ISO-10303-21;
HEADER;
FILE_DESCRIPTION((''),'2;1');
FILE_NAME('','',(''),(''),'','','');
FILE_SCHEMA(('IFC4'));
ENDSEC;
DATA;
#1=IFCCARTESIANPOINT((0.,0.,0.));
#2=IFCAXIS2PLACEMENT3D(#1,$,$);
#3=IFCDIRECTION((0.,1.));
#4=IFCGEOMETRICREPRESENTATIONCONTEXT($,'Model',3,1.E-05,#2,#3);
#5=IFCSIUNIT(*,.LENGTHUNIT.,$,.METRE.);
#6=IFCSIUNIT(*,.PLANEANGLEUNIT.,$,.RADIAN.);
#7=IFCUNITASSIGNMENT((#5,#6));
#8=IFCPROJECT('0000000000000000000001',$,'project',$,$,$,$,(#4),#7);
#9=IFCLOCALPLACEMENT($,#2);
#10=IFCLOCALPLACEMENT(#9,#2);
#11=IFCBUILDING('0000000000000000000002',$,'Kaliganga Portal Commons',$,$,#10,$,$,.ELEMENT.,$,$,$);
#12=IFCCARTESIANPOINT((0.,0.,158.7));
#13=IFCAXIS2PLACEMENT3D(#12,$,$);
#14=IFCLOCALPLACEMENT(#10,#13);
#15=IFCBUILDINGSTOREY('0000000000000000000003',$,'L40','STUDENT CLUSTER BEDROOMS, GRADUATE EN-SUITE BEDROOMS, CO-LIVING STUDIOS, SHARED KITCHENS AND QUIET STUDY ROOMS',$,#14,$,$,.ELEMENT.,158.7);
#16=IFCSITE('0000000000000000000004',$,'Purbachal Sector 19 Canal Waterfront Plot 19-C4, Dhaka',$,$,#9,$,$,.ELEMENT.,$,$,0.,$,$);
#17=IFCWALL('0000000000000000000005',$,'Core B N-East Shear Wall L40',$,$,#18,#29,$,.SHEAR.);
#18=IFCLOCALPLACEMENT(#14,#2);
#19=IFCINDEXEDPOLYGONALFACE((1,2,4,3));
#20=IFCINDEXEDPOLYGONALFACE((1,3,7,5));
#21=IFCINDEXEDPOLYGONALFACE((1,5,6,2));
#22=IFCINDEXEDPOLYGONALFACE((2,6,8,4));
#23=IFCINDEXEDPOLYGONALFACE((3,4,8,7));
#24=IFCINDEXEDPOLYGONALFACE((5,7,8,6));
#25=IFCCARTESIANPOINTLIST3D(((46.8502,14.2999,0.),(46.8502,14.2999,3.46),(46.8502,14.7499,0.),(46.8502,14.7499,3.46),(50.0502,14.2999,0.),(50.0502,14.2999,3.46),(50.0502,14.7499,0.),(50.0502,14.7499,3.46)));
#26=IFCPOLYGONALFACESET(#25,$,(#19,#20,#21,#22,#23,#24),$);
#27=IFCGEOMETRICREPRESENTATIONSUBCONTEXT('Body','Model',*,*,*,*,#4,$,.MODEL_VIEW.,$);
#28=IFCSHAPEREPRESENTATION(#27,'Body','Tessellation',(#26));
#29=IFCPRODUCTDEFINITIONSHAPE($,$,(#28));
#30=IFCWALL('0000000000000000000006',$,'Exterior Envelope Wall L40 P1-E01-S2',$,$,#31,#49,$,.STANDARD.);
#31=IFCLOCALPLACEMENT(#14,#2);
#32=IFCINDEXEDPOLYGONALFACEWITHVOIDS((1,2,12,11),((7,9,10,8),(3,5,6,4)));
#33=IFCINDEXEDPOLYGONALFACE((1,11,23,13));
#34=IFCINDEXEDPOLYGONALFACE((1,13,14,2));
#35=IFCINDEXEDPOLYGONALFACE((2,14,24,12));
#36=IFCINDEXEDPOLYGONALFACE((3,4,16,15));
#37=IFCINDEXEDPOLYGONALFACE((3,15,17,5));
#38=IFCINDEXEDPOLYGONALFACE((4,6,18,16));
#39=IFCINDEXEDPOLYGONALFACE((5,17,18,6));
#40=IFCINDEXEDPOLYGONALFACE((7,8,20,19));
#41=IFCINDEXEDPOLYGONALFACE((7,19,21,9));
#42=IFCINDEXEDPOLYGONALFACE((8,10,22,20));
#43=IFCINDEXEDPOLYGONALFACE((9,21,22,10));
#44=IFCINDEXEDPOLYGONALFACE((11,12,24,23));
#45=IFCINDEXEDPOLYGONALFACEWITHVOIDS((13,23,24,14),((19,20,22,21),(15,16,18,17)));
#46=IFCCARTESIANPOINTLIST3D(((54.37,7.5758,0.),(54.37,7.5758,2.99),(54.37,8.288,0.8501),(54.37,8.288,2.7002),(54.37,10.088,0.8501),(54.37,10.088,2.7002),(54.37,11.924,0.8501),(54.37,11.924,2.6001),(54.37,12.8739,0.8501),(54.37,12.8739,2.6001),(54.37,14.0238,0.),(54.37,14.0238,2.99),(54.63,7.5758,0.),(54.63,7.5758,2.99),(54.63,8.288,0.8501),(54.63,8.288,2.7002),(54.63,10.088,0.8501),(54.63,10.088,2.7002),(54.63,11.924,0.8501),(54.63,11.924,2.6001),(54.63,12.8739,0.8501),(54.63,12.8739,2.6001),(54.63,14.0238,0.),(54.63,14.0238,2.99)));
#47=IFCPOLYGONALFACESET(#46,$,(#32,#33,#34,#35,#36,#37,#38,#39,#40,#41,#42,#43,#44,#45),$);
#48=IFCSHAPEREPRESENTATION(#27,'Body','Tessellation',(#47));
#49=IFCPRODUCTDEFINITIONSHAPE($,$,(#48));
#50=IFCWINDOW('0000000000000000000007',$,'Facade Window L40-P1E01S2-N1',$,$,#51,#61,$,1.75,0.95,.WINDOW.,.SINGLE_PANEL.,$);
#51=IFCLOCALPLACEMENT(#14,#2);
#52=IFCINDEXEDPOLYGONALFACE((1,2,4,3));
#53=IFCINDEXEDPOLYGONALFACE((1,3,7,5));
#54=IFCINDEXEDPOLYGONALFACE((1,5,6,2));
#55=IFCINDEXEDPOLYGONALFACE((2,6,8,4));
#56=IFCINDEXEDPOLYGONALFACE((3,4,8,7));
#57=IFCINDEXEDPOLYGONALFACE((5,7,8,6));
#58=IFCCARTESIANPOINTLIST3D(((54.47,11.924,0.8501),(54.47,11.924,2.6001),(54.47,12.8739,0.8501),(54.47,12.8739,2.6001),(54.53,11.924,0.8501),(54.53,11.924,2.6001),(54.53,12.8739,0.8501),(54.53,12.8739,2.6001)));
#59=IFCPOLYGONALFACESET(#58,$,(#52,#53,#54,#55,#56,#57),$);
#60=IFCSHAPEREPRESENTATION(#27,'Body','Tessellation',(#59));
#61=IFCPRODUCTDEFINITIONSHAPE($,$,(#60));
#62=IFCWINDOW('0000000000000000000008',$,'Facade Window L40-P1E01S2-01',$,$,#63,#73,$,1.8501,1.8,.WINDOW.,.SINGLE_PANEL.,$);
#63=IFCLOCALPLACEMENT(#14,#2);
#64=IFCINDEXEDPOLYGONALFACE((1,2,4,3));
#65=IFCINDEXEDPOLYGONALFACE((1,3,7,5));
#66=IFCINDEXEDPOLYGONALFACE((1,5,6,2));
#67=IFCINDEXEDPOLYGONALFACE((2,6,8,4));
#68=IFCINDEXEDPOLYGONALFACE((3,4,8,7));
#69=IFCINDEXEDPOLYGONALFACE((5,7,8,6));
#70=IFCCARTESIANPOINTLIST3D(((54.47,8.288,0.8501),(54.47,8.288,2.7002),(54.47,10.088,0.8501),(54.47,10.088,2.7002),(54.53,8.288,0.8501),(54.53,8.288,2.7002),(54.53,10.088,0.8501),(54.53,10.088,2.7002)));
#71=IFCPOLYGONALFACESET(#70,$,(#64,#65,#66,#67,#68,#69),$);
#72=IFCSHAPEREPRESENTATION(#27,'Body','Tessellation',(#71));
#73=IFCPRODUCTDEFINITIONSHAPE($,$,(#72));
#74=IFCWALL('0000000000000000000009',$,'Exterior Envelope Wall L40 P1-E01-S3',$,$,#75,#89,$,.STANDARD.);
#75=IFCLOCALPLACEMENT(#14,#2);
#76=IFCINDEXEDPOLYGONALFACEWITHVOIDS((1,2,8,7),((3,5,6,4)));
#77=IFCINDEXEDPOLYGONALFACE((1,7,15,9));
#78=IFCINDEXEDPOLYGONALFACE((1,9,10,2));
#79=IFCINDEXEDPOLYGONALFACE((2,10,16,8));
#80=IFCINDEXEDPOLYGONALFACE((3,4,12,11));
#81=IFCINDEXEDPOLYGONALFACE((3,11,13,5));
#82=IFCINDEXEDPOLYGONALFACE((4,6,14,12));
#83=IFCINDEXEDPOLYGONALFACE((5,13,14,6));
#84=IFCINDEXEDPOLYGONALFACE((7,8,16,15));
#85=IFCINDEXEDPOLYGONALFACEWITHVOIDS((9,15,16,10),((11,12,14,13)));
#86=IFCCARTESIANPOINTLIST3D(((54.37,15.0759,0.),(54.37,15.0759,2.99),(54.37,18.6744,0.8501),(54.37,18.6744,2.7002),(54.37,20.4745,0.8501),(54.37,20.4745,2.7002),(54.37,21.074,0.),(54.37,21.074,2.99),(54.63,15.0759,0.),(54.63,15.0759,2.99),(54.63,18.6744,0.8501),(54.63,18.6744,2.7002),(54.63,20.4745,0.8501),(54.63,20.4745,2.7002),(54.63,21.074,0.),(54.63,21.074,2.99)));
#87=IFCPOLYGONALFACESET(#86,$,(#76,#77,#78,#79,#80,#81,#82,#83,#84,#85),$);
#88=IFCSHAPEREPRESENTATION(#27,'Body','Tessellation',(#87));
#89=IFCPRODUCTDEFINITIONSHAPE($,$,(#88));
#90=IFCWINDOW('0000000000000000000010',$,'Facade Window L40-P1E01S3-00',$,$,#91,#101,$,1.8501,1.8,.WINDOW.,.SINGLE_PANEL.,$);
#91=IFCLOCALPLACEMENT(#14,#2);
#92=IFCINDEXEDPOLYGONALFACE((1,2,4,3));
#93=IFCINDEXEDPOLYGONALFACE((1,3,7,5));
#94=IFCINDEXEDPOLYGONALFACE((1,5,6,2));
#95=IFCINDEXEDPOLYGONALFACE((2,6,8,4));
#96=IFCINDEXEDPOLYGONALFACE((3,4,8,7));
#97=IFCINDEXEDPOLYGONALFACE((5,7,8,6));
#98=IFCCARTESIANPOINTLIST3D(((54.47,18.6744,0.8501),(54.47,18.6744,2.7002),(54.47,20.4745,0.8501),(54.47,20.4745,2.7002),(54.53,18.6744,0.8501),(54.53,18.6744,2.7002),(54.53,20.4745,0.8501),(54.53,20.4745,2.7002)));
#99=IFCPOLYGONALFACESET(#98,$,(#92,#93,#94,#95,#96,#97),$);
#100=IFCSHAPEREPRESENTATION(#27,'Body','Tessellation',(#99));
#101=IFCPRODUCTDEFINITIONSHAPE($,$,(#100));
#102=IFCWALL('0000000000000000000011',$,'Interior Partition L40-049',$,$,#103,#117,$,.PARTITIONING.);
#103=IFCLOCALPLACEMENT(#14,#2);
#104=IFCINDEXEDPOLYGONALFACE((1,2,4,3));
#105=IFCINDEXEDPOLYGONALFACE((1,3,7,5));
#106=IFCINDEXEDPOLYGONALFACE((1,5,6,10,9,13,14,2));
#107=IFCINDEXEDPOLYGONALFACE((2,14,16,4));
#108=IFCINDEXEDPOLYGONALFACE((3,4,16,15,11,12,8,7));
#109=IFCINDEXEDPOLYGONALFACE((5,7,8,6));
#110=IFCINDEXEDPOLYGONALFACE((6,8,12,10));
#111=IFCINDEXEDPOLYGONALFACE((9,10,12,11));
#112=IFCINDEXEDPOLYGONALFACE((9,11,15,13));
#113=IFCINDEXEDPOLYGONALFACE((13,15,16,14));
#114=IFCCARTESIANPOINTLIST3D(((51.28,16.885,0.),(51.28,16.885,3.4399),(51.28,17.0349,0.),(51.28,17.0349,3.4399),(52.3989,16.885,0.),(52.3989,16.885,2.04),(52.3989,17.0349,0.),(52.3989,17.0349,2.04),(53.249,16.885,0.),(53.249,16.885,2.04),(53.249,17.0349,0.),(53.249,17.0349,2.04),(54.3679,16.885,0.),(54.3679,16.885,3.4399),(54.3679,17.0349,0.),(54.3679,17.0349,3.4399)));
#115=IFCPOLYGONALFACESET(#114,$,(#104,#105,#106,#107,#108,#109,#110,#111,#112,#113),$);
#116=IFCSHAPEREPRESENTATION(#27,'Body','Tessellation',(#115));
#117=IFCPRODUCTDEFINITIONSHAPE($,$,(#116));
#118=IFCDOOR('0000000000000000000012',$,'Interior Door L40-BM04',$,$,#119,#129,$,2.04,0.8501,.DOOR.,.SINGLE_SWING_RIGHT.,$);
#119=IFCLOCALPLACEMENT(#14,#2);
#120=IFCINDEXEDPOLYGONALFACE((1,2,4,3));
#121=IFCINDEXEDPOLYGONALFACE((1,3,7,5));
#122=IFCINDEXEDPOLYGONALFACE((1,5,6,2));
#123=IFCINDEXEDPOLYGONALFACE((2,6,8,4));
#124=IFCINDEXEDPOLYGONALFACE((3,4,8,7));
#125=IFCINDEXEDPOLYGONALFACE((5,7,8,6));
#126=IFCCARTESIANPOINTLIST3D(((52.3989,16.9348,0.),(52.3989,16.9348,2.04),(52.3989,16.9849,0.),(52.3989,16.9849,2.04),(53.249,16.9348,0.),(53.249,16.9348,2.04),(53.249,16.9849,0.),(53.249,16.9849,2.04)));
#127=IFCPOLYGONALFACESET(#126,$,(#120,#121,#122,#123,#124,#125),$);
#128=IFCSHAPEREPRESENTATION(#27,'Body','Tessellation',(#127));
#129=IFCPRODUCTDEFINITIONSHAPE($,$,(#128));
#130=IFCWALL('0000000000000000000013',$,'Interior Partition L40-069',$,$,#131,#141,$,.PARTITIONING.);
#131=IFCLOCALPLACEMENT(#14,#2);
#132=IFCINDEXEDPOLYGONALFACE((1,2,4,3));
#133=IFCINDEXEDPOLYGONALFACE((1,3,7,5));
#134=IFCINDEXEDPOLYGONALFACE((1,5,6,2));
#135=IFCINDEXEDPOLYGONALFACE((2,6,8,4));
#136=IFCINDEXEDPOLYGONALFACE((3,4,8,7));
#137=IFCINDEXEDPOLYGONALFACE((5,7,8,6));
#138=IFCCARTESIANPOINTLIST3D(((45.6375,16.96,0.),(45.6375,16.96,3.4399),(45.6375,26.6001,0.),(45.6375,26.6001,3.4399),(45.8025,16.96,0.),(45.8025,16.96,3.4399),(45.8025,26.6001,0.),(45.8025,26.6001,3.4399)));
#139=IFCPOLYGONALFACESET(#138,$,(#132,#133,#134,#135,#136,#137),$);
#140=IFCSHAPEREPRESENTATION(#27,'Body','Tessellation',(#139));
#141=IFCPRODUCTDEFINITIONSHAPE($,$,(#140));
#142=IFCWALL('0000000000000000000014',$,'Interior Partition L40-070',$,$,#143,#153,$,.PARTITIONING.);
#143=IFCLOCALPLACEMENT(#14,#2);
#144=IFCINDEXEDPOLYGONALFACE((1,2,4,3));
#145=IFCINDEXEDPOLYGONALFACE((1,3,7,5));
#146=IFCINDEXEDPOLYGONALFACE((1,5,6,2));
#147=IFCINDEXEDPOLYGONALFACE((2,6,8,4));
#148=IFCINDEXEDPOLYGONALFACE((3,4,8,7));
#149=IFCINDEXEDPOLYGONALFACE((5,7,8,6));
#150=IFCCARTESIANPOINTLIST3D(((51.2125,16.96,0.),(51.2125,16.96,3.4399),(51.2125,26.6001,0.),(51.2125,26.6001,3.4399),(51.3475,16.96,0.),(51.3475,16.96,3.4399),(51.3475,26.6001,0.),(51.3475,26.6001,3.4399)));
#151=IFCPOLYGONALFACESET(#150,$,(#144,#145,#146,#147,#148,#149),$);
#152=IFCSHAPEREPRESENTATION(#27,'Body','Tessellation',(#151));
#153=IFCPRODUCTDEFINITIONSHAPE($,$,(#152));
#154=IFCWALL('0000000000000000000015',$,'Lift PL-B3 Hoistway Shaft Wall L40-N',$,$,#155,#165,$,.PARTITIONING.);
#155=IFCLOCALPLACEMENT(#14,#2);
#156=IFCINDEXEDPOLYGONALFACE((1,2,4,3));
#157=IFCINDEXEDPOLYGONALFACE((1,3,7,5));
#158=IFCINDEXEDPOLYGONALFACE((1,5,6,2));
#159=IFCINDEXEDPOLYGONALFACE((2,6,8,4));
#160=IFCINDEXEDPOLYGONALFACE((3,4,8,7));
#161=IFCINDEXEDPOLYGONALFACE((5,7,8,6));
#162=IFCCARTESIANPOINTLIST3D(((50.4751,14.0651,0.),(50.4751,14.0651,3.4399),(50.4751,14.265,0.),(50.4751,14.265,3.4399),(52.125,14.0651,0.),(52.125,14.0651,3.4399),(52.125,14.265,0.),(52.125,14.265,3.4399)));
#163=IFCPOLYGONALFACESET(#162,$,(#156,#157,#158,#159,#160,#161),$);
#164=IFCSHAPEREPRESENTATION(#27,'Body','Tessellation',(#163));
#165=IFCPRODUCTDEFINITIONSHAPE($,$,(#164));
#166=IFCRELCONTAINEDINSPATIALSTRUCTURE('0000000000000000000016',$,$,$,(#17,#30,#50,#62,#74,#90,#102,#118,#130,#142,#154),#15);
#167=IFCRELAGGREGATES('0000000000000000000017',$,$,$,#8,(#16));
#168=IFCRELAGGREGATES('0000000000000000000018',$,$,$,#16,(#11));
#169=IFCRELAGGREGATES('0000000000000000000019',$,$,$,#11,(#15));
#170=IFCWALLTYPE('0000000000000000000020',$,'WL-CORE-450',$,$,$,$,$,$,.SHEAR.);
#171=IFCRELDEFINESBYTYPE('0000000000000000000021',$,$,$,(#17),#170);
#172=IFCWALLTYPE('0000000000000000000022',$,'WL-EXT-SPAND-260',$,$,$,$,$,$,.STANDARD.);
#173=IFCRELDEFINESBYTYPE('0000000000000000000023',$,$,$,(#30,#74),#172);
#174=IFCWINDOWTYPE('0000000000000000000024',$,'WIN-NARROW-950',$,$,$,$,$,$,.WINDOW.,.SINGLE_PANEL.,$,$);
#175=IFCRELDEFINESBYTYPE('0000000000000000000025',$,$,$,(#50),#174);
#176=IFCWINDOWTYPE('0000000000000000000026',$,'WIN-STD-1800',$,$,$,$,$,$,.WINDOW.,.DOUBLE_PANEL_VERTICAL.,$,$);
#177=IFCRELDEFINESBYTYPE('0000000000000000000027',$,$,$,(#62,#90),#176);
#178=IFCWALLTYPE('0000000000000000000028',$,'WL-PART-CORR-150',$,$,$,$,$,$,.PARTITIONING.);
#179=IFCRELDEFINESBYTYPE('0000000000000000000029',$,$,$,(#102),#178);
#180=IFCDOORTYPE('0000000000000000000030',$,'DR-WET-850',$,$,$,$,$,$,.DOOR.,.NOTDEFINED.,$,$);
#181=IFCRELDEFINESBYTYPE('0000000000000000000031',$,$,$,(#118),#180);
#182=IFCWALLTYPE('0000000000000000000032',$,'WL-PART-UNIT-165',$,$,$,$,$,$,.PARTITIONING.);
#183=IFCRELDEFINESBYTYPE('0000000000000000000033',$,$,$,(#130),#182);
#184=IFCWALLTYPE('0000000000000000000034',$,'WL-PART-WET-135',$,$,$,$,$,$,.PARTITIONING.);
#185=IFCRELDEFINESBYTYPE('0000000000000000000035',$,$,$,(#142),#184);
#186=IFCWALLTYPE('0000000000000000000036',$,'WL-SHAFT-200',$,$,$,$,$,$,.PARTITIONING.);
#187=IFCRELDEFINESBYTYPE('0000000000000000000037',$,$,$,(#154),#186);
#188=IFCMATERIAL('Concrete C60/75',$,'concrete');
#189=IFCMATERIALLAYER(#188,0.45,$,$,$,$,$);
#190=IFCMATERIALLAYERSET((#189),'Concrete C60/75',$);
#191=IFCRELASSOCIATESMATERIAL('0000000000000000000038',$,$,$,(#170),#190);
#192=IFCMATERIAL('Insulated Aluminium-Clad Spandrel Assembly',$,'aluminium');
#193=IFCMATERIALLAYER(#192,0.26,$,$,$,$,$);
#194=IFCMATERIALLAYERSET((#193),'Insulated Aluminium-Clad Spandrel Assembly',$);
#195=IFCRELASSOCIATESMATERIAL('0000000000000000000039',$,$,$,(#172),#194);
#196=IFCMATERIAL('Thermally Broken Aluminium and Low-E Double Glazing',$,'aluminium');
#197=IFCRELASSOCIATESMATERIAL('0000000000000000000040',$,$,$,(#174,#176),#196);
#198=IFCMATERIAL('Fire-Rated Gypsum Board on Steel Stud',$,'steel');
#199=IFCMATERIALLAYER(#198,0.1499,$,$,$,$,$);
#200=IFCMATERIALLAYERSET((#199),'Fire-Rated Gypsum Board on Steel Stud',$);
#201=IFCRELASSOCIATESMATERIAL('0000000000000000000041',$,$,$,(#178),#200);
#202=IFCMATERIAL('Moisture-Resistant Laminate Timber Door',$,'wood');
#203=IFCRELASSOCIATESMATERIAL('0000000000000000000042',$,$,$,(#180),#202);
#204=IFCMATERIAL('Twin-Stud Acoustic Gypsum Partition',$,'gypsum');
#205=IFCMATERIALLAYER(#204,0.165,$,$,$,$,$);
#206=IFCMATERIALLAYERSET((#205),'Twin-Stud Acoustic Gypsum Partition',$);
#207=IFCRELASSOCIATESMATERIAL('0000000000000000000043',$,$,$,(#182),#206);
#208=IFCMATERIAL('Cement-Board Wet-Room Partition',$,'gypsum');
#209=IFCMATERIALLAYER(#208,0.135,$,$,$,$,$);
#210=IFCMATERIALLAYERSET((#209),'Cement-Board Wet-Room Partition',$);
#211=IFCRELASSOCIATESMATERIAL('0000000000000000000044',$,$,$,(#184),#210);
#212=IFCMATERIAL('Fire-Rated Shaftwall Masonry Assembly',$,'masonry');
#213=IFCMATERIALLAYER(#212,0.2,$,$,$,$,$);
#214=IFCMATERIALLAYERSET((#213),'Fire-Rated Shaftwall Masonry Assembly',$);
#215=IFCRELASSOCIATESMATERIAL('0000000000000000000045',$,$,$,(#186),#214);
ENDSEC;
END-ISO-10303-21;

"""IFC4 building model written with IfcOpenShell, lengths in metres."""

from ifc_helpers import new_model, si_unit, direction, frame, frame_2d, origin, place, context, subcontext, project, spatial, rectangle, extrude, material, layer, layer_set, type_object, element, fill, save


model = new_model("IFC4")

# Units and contexts
model_context = context("Model", 3, precision=1e-05, world=origin(), true_north=direction((0.0, 1.0)))
body_context = subcontext(model_context, "Body", "Model", "MODEL_VIEW")
ifc_project = project(units=[si_unit("LENGTHUNIT", "METRE"), si_unit("PLANEANGLEUNIT", "RADIAN")], contexts=[model_context])

# Site, building, storey
site_placement = place(None, origin())
site = spatial("IfcSite", under=ifc_project, at=site_placement, Name="Purbachal Sector 19 Canal Waterfront Plot 19-C4, Dhaka", CompositionType="ELEMENT", RefElevation=0.0)
building_placement = place(site_placement, origin())
building = spatial("IfcBuilding", under=site, at=building_placement, Name="Kaliganga Portal Commons", CompositionType="ELEMENT")
storey_placement = place(building_placement, frame((0.0, 0.0, 158.7)))
storey = spatial("IfcBuildingStorey", under=building, at=storey_placement, Name="L40", Description="STUDENT CLUSTER BEDROOMS, GRADUATE EN-SUITE BEDROOMS, CO-LIVING STUDIOS, SHARED KITCHENS AND QUIET STUDY ROOMS", CompositionType="ELEMENT", Elevation=158.7)

# Shared definitions
ifc_material_1 = material(Name="Concrete C60/75", Category="concrete")

# Wall
ifc_layer_1 = layer(ifc_material_1, 0.45)
ifc_layer_set_1 = layer_set([ifc_layer_1], Name="Concrete C60/75")
wall_type_1 = type_object("IfcWallType", Name="WL-CORE-450", PredefinedType="SHEAR", material=ifc_layer_set_1)
wall_1_placement = place(storey_placement, frame((46.8501, 14.5249, 0.0), z_axis=(0.0, 0.0, 1.0), x_axis=(1.0, 0.0, 0.0)))
element("IfcWall", 1, at=wall_1_placement, inside=storey, type_object=wall_type_1, Name="Core B N-East Shear Wall L40", PredefinedType="SHEAR", context=body_context, shape_type="SweptSolid", body=[
    extrude(rectangle(XDim=3.2, YDim=0.45, at=frame_2d((1.6001, 0.0))), origin(), (0.0, 0.0, 1.0), 3.46),
])

# Wall, openings, windows
ifc_material_2 = material(Name="Insulated Aluminium-Clad Spandrel Assembly", Category="aluminium")
ifc_layer_2 = layer(ifc_material_2, 0.26)
ifc_layer_set_2 = layer_set([ifc_layer_2], Name="Insulated Aluminium-Clad Spandrel Assembly")
wall_type_2 = type_object("IfcWallType", Name="WL-EXT-SPAND-260", PredefinedType="STANDARD", material=ifc_layer_set_2)
wall_2_placement = place(storey_placement, frame((54.5, 14.0239, 0.0), z_axis=(0.0, 0.0, 1.0), x_axis=(0.0, -1.0, 0.0)))
wall_2 = element("IfcWall", 2, at=wall_2_placement, inside=storey, type_object=wall_type_2, Name="Exterior Envelope Wall L40 P1-E01-S2", PredefinedType="STANDARD", context=body_context, shape_type="SweptSolid", body=[
    extrude(rectangle(XDim=6.448, YDim=0.26, at=frame_2d((3.2241, 0.0))), origin(), (0.0, 0.0, 1.0), 2.99),
])
opening_1_placement = place(wall_2_placement, frame((3.936, 0.0, 0.8501)))
opening_1 = element("IfcOpeningElement", 3, at=opening_1_placement, cuts=wall_2, PredefinedType="OPENING", context=body_context, shape_type="SweptSolid", body=[
    extrude(rectangle(XDim=1.8, YDim=1.8501, at=frame_2d((0.8999, 0.925))), frame((0.0, 0.1401, 0.0), z_axis=(0.0, -1.0, 0.0), x_axis=(1.0, 0.0, 0.0)), (0.0, 0.0, 1.0), 0.28),
])
opening_2_placement = place(wall_2_placement, frame((1.1499, 0.0, 0.8501)))
opening_2 = element("IfcOpeningElement", 4, at=opening_2_placement, cuts=wall_2, PredefinedType="OPENING", context=body_context, shape_type="SweptSolid", body=[
    extrude(rectangle(XDim=0.95, YDim=1.75, at=frame_2d((0.4751, 0.875))), frame((0.0, 0.1401, 0.0), z_axis=(0.0, -1.0, 0.0), x_axis=(1.0, 0.0, 0.0)), (0.0, 0.0, 1.0), 0.28),
])
ifc_material_3 = material(Name="Thermally Broken Aluminium and Low-E Double Glazing", Category="aluminium")
window_type_1 = type_object("IfcWindowType", Name="WIN-NARROW-950", PartitioningType="SINGLE_PANEL", PredefinedType="WINDOW", material=ifc_material_3)
window_1_placement = place(opening_2_placement, origin())
window_1 = element("IfcWindow", 5, at=window_1_placement, inside=storey, type_object=window_type_1, Name="Facade Window L40-P1E01S2-N1", OverallHeight=1.75, OverallWidth=0.95, PartitioningType="SINGLE_PANEL", PredefinedType="WINDOW", context=body_context, shape_type="SweptSolid", body=[
    extrude(rectangle(XDim=0.95, YDim=1.75, at=frame_2d((0.4751, 0.875))), frame((0.0, 0.03, 0.0), z_axis=(0.0, -1.0, 0.0), x_axis=(1.0, 0.0, 0.0)), (0.0, 0.0, 1.0), 0.0601),
])
fill(opening_2, window_1)
window_type_2 = type_object("IfcWindowType", Name="WIN-STD-1800", PartitioningType="DOUBLE_PANEL_VERTICAL", PredefinedType="WINDOW", material=ifc_material_3)
window_2_placement = place(opening_1_placement, origin())
window_2 = element("IfcWindow", 6, at=window_2_placement, inside=storey, type_object=window_type_2, Name="Facade Window L40-P1E01S2-01", OverallHeight=1.8501, OverallWidth=1.8, PartitioningType="SINGLE_PANEL", PredefinedType="WINDOW", context=body_context, shape_type="SweptSolid", body=[
    extrude(rectangle(XDim=1.8, YDim=1.8501, at=frame_2d((0.8999, 0.925))), frame((0.0, 0.03, 0.0), z_axis=(0.0, -1.0, 0.0), x_axis=(1.0, 0.0, 0.0)), (0.0, 0.0, 1.0), 0.0601),
])
fill(opening_1, window_2)

# Wall, opening, window
wall_3_placement = place(storey_placement, frame((54.5, 21.074, 0.0), z_axis=(0.0, 0.0, 1.0), x_axis=(0.0, -1.0, 0.0)))
wall_3 = element("IfcWall", 7, at=wall_3_placement, inside=storey, type_object=wall_type_2, Name="Exterior Envelope Wall L40 P1-E01-S3", PredefinedType="STANDARD", context=body_context, shape_type="SweptSolid", body=[
    extrude(rectangle(XDim=5.998, YDim=0.26, at=frame_2d((2.999, 0.0))), origin(), (0.0, 0.0, 1.0), 2.99),
])
opening_3_placement = place(wall_3_placement, frame((0.5996, 0.0, 0.8501)))
opening_3 = element("IfcOpeningElement", 8, at=opening_3_placement, cuts=wall_3, PredefinedType="OPENING", context=body_context, shape_type="SweptSolid", body=[
    extrude(rectangle(XDim=1.8, YDim=1.8501, at=frame_2d((0.8999, 0.925))), frame((0.0, 0.1401, 0.0), z_axis=(0.0, -1.0, 0.0), x_axis=(1.0, 0.0, 0.0)), (0.0, 0.0, 1.0), 0.28),
])
window_3_placement = place(opening_3_placement, origin())
window_3 = element("IfcWindow", 9, at=window_3_placement, inside=storey, type_object=window_type_2, Name="Facade Window L40-P1E01S3-00", OverallHeight=1.8501, OverallWidth=1.8, PartitioningType="SINGLE_PANEL", PredefinedType="WINDOW", context=body_context, shape_type="SweptSolid", body=[
    extrude(rectangle(XDim=1.8, YDim=1.8501, at=frame_2d((0.8999, 0.925))), frame((0.0, 0.03, 0.0), z_axis=(0.0, -1.0, 0.0), x_axis=(1.0, 0.0, 0.0)), (0.0, 0.0, 1.0), 0.0601),
])
fill(opening_3, window_3)

# Wall, opening, door
ifc_material_4 = material(Name="Fire-Rated Gypsum Board on Steel Stud", Category="steel")
ifc_layer_3 = layer(ifc_material_4, 0.1499)
ifc_layer_set_3 = layer_set([ifc_layer_3], Name="Fire-Rated Gypsum Board on Steel Stud")
wall_type_3 = type_object("IfcWallType", Name="WL-PART-CORR-150", PredefinedType="PARTITIONING", material=ifc_layer_set_3)
wall_4_placement = place(storey_placement, frame((51.28, 16.96, 0.0), z_axis=(0.0, 0.0, 1.0), x_axis=(1.0, 0.0, 0.0)))
wall_4 = element("IfcWall", 10, at=wall_4_placement, inside=storey, type_object=wall_type_3, Name="Interior Partition L40-049", PredefinedType="PARTITIONING", context=body_context, shape_type="SweptSolid", body=[
    extrude(rectangle(XDim=3.0879, YDim=0.1499, at=frame_2d((1.5439, 0.0))), origin(), (0.0, 0.0, 1.0), 3.4399),
])
opening_4_placement = place(wall_4_placement, frame((1.1189, 0.0, 0.0)))
opening_4 = element("IfcOpeningElement", 11, at=opening_4_placement, cuts=wall_4, PredefinedType="OPENING", context=body_context, shape_type="SweptSolid", body=[
    extrude(rectangle(XDim=0.8501, YDim=2.04, at=frame_2d((0.425, 1.02))), frame((0.0, 0.085, 0.0), z_axis=(0.0, -1.0, 0.0), x_axis=(1.0, 0.0, 0.0)), (0.0, 0.0, 1.0), 0.1699),
])
ifc_material_5 = material(Name="Moisture-Resistant Laminate Timber Door", Category="wood")
door_type_1 = type_object("IfcDoorType", Name="DR-WET-850", OperationType="NOTDEFINED", PredefinedType="DOOR", material=ifc_material_5)
door_1_placement = place(opening_4_placement, origin())
door_1 = element("IfcDoor", 12, at=door_1_placement, inside=storey, type_object=door_type_1, Name="Interior Door L40-BM04", OperationType="SINGLE_SWING_RIGHT", OverallHeight=2.04, OverallWidth=0.8501, PredefinedType="DOOR", context=body_context, shape_type="SweptSolid", body=[
    extrude(rectangle(XDim=0.8501, YDim=2.04, at=frame_2d((0.425, 1.02))), frame((0.0, 0.0249, 0.0), z_axis=(0.0, -1.0, 0.0), x_axis=(1.0, 0.0, 0.0)), (0.0, 0.0, 1.0), 0.05),
])
fill(opening_4, door_1)

# Walls
ifc_material_6 = material(Name="Twin-Stud Acoustic Gypsum Partition", Category="gypsum")
ifc_layer_4 = layer(ifc_material_6, 0.165)
ifc_layer_set_4 = layer_set([ifc_layer_4], Name="Twin-Stud Acoustic Gypsum Partition")
wall_type_4 = type_object("IfcWallType", Name="WL-PART-UNIT-165", PredefinedType="PARTITIONING", material=ifc_layer_set_4)
wall_5_placement = place(storey_placement, frame((45.72, 16.96, 0.0), z_axis=(0.0, 0.0, 1.0), x_axis=(0.0, 1.0, 0.0)))
element("IfcWall", 13, at=wall_5_placement, inside=storey, type_object=wall_type_4, Name="Interior Partition L40-069", PredefinedType="PARTITIONING", context=body_context, shape_type="SweptSolid", body=[
    extrude(rectangle(XDim=9.6401, YDim=0.165, at=frame_2d((4.8201, 0.0))), origin(), (0.0, 0.0, 1.0), 3.4399),
])
ifc_material_7 = material(Name="Cement-Board Wet-Room Partition", Category="gypsum")
ifc_layer_5 = layer(ifc_material_7, 0.135)
ifc_layer_set_5 = layer_set([ifc_layer_5], Name="Cement-Board Wet-Room Partition")
wall_type_5 = type_object("IfcWallType", Name="WL-PART-WET-135", PredefinedType="PARTITIONING", material=ifc_layer_set_5)
wall_6_placement = place(storey_placement, frame((51.28, 16.96, 0.0), z_axis=(0.0, 0.0, 1.0), x_axis=(0.0, 1.0, 0.0)))
element("IfcWall", 14, at=wall_6_placement, inside=storey, type_object=wall_type_5, Name="Interior Partition L40-070", PredefinedType="PARTITIONING", context=body_context, shape_type="SweptSolid", body=[
    extrude(rectangle(XDim=9.6401, YDim=0.135, at=frame_2d((4.8201, 0.0))), origin(), (0.0, 0.0, 1.0), 3.4399),
])

# Shared definitions
ifc_material_8 = material(Name="Fire-Rated Shaftwall Masonry Assembly", Category="masonry")
ifc_layer_6 = layer(ifc_material_8, 0.2)
ifc_layer_set_6 = layer_set([ifc_layer_6], Name="Fire-Rated Shaftwall Masonry Assembly")
wall_type_6 = type_object("IfcWallType", Name="WL-SHAFT-200", PredefinedType="PARTITIONING", material=ifc_layer_set_6)

# Wall
wall_7_placement = place(storey_placement, frame((50.4751, 14.165, 0.0), z_axis=(0.0, 0.0, 1.0), x_axis=(1.0, 0.0, 0.0)))
element("IfcWall", 15, at=wall_7_placement, inside=storey, type_object=wall_type_6, Name="Lift PL-B3 Hoistway Shaft Wall L40-N", PredefinedType="PARTITIONING", context=body_context, shape_type="SweptSolid", body=[
    extrude(rectangle(XDim=1.6499, YDim=0.2, at=frame_2d((0.825, 0.0))), origin(), (0.0, 0.0, 1.0), 3.4399),
])

save(model, "model.ifc")
